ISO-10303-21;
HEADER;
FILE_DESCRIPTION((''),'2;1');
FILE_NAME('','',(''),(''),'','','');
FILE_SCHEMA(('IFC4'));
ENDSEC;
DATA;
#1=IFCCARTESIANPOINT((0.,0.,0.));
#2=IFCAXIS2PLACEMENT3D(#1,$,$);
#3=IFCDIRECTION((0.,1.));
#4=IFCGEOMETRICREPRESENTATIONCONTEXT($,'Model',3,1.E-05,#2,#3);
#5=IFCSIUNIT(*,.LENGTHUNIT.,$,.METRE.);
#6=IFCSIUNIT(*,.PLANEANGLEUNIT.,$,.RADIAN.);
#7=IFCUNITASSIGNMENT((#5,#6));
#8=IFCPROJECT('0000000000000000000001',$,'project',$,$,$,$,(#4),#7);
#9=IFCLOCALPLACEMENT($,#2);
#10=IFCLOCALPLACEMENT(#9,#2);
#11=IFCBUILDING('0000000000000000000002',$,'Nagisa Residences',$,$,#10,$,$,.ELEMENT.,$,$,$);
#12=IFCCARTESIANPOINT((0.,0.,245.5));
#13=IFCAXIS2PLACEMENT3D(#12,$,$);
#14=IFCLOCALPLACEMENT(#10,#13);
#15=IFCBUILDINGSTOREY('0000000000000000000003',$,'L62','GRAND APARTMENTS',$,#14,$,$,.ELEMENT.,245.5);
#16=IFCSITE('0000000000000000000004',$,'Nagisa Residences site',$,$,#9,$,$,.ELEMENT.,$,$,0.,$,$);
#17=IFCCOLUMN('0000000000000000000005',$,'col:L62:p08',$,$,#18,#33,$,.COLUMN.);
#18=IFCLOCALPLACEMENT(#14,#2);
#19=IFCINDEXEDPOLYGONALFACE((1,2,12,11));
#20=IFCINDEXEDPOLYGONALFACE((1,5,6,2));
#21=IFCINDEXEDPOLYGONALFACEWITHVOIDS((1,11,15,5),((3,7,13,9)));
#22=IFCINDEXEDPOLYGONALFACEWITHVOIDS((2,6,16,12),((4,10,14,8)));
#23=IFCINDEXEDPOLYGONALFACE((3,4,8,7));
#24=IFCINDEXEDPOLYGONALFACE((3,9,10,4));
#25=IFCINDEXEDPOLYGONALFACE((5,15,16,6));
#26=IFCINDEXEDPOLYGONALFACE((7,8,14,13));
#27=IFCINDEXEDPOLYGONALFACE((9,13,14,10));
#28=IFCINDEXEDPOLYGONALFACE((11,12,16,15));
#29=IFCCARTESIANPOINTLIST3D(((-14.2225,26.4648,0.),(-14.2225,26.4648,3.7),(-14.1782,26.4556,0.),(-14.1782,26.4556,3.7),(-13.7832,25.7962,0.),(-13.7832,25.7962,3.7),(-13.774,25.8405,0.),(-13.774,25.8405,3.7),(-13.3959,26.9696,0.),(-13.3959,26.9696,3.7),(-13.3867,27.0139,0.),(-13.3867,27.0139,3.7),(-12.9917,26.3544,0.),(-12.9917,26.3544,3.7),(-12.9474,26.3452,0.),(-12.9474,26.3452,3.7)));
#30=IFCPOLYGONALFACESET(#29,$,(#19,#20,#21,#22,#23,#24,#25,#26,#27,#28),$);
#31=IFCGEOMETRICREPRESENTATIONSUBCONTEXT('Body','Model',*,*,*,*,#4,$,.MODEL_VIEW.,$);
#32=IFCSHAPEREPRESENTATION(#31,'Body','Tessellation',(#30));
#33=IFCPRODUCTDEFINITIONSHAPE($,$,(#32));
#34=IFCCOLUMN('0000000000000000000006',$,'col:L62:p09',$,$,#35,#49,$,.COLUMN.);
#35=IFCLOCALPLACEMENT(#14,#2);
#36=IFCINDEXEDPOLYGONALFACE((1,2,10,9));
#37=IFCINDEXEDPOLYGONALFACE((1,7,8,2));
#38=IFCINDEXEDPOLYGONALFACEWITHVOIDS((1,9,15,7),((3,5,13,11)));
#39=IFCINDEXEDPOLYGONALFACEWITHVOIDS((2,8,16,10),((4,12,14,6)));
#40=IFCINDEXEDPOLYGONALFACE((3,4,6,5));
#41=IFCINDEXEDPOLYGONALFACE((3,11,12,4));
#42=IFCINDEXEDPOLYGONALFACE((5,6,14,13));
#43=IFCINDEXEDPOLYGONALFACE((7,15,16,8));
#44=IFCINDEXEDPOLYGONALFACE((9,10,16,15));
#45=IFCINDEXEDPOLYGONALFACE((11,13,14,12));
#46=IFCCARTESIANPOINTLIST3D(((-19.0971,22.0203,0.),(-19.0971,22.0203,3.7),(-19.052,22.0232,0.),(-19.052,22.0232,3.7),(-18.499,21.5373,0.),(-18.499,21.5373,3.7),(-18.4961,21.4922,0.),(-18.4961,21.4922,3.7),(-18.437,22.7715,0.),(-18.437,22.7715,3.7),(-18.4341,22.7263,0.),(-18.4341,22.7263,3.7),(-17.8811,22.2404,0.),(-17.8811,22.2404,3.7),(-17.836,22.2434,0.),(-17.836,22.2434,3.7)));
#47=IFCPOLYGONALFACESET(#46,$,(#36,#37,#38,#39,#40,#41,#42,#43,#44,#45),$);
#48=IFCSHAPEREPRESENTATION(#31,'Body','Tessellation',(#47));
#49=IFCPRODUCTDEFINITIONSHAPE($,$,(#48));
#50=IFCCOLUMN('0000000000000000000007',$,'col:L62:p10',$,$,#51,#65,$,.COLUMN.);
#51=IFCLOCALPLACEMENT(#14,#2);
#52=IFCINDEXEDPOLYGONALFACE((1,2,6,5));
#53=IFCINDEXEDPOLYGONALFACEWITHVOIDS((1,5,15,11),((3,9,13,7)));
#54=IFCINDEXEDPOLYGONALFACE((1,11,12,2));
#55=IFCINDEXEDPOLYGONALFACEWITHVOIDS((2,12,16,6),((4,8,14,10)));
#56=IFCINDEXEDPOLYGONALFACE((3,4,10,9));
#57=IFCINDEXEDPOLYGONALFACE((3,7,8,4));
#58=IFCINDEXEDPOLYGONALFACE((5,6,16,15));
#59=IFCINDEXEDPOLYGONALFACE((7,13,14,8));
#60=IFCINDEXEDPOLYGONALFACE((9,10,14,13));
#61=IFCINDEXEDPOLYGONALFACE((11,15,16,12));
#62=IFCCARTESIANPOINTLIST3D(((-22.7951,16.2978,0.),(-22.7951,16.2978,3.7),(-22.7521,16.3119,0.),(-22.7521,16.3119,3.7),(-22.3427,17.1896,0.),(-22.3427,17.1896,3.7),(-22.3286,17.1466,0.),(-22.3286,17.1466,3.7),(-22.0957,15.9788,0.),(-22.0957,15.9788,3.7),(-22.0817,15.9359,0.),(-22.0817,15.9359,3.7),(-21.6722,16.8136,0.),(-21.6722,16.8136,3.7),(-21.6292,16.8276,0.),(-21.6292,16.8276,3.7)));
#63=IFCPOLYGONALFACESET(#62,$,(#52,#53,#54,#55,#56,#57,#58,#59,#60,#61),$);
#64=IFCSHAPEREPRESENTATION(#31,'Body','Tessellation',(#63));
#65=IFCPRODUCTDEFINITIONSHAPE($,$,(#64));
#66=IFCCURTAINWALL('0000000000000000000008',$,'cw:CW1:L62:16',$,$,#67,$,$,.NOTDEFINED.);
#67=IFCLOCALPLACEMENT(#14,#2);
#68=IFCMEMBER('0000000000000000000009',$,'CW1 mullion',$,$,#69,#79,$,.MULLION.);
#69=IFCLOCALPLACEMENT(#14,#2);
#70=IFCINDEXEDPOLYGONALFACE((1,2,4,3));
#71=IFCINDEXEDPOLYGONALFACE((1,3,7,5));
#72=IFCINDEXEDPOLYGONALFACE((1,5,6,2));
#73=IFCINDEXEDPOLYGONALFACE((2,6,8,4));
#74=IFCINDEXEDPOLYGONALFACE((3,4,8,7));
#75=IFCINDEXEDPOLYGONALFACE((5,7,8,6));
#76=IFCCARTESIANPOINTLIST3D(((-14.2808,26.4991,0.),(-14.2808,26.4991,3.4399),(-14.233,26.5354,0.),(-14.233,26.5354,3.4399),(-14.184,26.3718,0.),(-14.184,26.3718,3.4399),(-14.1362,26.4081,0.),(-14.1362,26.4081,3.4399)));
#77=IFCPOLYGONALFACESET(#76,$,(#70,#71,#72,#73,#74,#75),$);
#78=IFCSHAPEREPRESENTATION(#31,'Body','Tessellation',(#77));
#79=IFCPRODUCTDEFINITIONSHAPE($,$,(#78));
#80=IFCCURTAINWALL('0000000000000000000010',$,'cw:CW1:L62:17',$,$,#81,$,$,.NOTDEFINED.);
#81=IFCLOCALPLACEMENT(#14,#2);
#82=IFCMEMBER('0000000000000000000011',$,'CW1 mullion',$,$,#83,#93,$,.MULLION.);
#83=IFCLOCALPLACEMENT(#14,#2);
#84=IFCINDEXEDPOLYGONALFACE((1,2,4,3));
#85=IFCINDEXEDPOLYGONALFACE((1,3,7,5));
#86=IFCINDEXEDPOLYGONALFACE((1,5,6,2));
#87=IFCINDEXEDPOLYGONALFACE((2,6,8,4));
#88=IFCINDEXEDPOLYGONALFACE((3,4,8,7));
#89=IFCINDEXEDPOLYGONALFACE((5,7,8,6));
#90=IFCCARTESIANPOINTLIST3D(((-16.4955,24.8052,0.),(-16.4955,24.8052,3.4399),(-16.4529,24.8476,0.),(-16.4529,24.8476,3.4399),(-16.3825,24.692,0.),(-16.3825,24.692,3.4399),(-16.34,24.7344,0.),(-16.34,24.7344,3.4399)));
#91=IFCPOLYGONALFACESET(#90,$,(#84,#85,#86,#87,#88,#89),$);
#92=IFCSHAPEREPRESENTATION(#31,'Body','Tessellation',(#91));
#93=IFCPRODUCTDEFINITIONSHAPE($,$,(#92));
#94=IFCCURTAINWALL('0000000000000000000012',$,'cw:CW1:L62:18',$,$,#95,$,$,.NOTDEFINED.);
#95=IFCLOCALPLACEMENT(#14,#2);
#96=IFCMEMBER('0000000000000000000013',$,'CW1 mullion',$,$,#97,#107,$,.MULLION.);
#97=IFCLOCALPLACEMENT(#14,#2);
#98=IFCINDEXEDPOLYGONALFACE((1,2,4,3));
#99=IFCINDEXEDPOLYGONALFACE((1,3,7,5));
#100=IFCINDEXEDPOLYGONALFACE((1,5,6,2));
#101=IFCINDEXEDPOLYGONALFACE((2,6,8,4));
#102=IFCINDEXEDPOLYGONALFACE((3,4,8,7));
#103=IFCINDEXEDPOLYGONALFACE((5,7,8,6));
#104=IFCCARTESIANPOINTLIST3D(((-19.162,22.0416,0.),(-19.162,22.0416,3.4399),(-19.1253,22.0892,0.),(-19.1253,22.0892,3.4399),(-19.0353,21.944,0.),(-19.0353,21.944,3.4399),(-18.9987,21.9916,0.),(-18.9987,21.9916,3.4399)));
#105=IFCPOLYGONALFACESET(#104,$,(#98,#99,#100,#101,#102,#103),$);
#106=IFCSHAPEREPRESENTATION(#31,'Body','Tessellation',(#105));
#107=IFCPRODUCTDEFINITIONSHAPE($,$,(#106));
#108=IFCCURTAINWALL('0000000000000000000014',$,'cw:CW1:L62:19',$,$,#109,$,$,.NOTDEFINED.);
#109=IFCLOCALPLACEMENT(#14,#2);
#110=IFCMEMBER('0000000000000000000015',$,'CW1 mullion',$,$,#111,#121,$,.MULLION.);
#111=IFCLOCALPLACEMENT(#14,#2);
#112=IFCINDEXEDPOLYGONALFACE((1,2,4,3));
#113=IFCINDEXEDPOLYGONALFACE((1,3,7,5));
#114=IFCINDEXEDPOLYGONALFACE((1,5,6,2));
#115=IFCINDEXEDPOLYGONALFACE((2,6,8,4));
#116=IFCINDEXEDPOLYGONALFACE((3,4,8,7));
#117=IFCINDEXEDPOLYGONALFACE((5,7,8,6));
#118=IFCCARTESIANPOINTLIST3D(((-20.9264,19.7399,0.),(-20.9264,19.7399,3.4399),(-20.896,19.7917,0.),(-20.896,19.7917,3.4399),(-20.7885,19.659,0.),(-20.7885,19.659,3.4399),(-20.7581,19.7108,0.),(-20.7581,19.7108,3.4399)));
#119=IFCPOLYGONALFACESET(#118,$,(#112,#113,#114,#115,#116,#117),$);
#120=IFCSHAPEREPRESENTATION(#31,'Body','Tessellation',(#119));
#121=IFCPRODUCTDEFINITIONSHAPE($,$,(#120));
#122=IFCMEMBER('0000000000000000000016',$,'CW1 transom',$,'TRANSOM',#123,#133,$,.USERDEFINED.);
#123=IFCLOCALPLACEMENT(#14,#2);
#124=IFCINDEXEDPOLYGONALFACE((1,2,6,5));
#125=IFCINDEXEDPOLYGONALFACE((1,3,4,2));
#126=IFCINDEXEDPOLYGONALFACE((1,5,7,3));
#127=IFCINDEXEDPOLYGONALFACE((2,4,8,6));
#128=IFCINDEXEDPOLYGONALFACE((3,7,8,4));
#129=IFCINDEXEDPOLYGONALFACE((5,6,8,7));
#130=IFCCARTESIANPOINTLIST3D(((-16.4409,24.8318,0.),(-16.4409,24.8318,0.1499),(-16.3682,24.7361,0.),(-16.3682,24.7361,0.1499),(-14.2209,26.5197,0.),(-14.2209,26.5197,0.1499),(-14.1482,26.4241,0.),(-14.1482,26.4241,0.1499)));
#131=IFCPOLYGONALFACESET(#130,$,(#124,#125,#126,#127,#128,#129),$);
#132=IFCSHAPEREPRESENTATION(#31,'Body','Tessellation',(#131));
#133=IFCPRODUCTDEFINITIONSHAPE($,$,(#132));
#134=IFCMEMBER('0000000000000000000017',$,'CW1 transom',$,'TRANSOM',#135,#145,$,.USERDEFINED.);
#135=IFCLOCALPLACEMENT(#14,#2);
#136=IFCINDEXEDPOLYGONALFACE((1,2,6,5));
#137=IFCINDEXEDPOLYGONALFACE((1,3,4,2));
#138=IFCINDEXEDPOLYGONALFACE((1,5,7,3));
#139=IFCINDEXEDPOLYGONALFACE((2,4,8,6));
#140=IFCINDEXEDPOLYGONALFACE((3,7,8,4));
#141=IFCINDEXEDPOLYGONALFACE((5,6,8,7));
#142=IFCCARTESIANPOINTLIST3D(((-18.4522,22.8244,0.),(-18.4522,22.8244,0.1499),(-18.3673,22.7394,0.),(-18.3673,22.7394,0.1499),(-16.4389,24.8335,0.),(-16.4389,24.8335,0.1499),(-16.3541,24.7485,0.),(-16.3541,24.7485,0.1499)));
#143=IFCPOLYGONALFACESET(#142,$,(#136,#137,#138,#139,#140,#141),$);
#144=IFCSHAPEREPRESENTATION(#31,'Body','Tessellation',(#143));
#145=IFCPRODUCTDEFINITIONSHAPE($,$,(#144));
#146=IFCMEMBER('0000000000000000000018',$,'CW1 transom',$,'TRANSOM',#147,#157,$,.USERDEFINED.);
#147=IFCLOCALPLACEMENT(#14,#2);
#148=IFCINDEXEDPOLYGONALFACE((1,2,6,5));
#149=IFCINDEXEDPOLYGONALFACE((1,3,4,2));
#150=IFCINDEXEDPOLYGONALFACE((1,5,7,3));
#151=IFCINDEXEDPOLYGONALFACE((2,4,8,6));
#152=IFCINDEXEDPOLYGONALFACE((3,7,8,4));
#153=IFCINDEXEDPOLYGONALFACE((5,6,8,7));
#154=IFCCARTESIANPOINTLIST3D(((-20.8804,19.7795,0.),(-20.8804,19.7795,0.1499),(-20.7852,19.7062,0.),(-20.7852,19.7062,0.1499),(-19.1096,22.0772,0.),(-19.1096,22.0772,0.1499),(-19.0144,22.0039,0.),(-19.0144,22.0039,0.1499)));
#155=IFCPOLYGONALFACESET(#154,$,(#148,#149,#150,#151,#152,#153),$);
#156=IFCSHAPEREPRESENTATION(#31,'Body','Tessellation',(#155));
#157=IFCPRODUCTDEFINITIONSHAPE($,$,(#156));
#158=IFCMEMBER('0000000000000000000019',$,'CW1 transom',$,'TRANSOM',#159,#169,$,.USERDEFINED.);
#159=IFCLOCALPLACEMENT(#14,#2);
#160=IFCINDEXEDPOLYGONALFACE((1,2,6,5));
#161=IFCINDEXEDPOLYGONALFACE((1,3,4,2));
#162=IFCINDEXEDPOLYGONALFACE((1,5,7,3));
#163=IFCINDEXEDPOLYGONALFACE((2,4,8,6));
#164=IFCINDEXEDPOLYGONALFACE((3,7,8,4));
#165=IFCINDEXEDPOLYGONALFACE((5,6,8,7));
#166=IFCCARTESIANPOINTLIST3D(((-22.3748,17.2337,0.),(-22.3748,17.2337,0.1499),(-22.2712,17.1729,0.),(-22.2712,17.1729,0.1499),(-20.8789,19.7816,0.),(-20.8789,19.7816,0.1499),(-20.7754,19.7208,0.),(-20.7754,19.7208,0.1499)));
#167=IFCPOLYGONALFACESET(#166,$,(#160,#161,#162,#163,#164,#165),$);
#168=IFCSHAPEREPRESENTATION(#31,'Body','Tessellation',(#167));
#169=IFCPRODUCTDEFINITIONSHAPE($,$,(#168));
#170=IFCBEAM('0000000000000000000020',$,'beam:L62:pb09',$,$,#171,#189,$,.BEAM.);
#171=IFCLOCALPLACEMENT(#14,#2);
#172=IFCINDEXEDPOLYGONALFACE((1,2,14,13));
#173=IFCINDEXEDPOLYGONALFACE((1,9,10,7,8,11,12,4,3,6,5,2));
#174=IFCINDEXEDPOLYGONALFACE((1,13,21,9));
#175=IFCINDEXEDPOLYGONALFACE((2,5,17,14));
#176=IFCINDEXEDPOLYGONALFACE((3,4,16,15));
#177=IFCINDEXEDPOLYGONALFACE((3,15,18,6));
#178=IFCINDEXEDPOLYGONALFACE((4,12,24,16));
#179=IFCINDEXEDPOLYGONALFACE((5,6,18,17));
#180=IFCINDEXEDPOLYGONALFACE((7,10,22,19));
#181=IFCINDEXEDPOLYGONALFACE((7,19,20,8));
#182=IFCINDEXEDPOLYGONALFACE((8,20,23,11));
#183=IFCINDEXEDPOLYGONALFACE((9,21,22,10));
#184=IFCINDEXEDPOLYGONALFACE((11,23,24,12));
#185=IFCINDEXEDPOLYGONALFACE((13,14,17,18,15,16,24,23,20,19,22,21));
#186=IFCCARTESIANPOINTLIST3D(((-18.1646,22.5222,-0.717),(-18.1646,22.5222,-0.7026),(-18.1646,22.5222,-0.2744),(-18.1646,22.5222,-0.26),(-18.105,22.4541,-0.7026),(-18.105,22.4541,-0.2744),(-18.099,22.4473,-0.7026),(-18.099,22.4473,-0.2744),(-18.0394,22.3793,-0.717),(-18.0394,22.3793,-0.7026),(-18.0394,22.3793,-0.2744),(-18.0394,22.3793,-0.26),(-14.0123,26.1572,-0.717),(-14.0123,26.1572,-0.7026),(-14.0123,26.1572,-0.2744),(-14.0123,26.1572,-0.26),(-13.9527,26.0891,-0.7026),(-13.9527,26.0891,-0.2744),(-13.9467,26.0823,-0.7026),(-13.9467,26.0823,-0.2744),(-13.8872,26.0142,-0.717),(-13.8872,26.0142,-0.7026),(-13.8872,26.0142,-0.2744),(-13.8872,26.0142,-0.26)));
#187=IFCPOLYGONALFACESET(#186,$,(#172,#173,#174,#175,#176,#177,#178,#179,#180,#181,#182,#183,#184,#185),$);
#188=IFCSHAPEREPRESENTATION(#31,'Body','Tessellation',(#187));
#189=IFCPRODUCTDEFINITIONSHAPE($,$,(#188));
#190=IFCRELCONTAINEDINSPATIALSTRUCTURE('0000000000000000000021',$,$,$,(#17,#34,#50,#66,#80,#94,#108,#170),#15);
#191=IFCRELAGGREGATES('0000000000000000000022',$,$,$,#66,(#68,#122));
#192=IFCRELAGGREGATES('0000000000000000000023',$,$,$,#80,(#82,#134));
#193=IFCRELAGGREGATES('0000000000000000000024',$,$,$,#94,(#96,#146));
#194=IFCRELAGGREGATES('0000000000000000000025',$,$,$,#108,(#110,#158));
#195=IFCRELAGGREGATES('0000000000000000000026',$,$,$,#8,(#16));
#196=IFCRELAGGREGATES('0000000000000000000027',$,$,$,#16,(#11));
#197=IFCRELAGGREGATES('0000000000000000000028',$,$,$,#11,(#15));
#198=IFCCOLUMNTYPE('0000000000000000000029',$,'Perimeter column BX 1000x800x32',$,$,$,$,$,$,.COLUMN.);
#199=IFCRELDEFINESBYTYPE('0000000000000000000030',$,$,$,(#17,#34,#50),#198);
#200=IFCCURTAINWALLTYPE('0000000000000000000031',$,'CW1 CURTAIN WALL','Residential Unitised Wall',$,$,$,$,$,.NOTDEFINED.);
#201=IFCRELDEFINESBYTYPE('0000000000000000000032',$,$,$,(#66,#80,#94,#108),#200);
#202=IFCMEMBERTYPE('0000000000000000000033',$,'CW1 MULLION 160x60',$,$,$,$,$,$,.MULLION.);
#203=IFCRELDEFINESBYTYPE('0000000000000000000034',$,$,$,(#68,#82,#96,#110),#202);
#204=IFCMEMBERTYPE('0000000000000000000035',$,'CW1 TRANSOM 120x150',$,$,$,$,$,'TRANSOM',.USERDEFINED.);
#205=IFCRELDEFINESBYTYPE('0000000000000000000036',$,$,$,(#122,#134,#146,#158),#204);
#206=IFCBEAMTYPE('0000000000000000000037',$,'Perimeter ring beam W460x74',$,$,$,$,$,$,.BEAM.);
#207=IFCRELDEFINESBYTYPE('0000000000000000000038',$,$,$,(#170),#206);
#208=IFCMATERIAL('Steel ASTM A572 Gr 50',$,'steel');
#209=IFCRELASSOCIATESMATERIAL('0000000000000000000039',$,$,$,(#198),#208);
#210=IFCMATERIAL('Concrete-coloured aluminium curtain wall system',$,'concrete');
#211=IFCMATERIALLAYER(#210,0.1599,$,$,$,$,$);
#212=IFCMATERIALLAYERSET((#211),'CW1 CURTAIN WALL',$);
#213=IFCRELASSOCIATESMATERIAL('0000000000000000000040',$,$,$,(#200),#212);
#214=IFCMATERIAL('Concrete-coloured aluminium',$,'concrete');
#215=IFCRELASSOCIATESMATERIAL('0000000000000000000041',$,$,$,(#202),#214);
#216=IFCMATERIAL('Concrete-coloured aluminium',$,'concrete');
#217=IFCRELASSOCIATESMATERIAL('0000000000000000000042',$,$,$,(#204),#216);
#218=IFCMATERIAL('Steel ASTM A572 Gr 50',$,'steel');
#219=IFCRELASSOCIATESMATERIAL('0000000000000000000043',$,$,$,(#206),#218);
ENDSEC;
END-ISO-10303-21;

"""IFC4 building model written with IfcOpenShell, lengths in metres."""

from ifc_helpers import new_model, si_unit, direction, frame, origin, origin_2d, place, context, subcontext, project, spatial, rectangle, hollow_rectangle, i_section, extrude, material, layer, layer_set, material_profile, profile_set, type_object, element, aggregate, save


model = new_model("IFC4")

# Units and contexts
model_context = context("Model", 3, precision=1e-05, world=origin(), true_north=direction((0.0, 1.0)))
body_context = subcontext(model_context, "Body", "Model", "MODEL_VIEW")
ifc_project = project(units=[si_unit("LENGTHUNIT", "METRE"), si_unit("PLANEANGLEUNIT", "RADIAN")], contexts=[model_context])

# Site, building, storey
site_placement = place(None, origin())
site = spatial("IfcSite", under=ifc_project, at=site_placement, Name="Nagisa Residences site", CompositionType="ELEMENT", RefElevation=0.0)
building_placement = place(site_placement, origin())
building = spatial("IfcBuilding", under=site, at=building_placement, Name="Nagisa Residences", CompositionType="ELEMENT")
storey_placement = place(building_placement, frame((0.0, 0.0, 245.5)))
storey = spatial("IfcBuildingStorey", under=building, at=storey_placement, Name="L62", Description="GRAND APARTMENTS", CompositionType="ELEMENT", Elevation=245.5)

# Columns
ifc_material_1 = material(Name="Steel ASTM A572 Gr 50", Category="steel")
ifc_material_profile_1 = material_profile(ifc_material_1, hollow_rectangle(XDim=1.0, YDim=0.8, WallThickness=0.032, at=origin_2d()), Name="BX 1000x800x32")
ifc_profile_set_1 = profile_set([ifc_material_profile_1], Name="Steel ASTM A572 Gr 50")
column_type = type_object("IfcColumnType", Name="Perimeter column BX 1000x800x32", PredefinedType="COLUMN", material=ifc_profile_set_1)
for number, where, z_axis, x_axis, name in (
    (1, (-13.585, 26.405, 0.0), (0.0, 0.0, 1.0), (-0.835766, -0.549086, 0.0), "col:L62:p08"),
    (2, (-18.4666, 22.1318, 0.0), (0.0, 0.0, 1.0), (-0.660115, -0.751165, 0.0), "col:L62:p09"),
    (3, (-22.2122, 16.5627, 0.0), (0.0, 0.0, 1.0), (-0.452463, -0.891783, 0.0), "col:L62:p10"),
):
    element("IfcColumn", number, at=place(storey_placement, frame(where, z_axis=z_axis, x_axis=x_axis)), inside=storey, type_object=column_type, Name=name, PredefinedType="COLUMN", context=body_context, shape_type="SweptSolid", body=[
        extrude(hollow_rectangle(XDim=1.0, YDim=0.8, WallThickness=0.032, at=origin_2d()), origin(), (0.0, 0.0, 1.0), 3.7),
    ])

# Curtain walls, members
ifc_material_2 = material(Name="Concrete-coloured aluminium curtain wall system", Category="concrete")
ifc_layer_1 = layer(ifc_material_2, 0.1599)
ifc_layer_set_1 = layer_set([ifc_layer_1], Name="CW1 CURTAIN WALL")
curtain_wall_type = type_object("IfcCurtainWallType", Name="CW1 CURTAIN WALL", Description="Residential Unitised Wall", PredefinedType="NOTDEFINED", material=ifc_layer_set_1)
curtain_wall_1_placement = place(storey_placement, origin())
curtain_wall_1 = element("IfcCurtainWall", 4, at=curtain_wall_1_placement, inside=storey, type_object=curtain_wall_type, Name="cw:CW1:L62:16", PredefinedType="NOTDEFINED")
ifc_material_3 = material(Name="Concrete-coloured aluminium", Category="concrete")
ifc_material_profile_2 = material_profile(ifc_material_3, rectangle(XDim=0.1599, YDim=0.0601, at=origin_2d()), Name="CW1 MULLION 160x60")
ifc_profile_set_2 = profile_set([ifc_material_profile_2], Name="Concrete-coloured aluminium")
member_type_1 = type_object("IfcMemberType", Name="CW1 MULLION 160x60", PredefinedType="MULLION", material=ifc_profile_set_2)
member_1_placement = place(storey_placement, frame((-14.2085, 26.4536, 0.0), z_axis=(0.0, 0.0, 1.0), x_axis=(0.605255, -0.796031, 0.0)))
member_1 = element("IfcMember", 5, at=member_1_placement, type_object=member_type_1, Name="CW1 mullion", PredefinedType="MULLION", context=body_context, shape_type="SweptSolid", body=[
    extrude(rectangle(XDim=0.1599, YDim=0.0601, at=origin_2d()), origin(), (0.0, 0.0, 1.0), 3.4399),
])
curtain_wall_2_placement = place(storey_placement, origin())
curtain_wall_2 = element("IfcCurtainWall", 6, at=curtain_wall_2_placement, inside=storey, type_object=curtain_wall_type, Name="cw:CW1:L62:17", PredefinedType="NOTDEFINED")
member_2_placement = place(storey_placement, frame((-16.4177, 24.7698, 0.0), z_axis=(0.0, 0.0, 1.0), x_axis=(0.706377, -0.707836, 0.0)))
member_2 = element("IfcMember", 7, at=member_2_placement, type_object=member_type_1, Name="CW1 mullion", PredefinedType="MULLION", context=body_context, shape_type="SweptSolid", body=[
    extrude(rectangle(XDim=0.1599, YDim=0.0601, at=origin_2d()), origin(), (0.0, 0.0, 1.0), 3.4399),
])
curtain_wall_3_placement = place(storey_placement, origin())
curtain_wall_3 = element("IfcCurtainWall", 8, at=curtain_wall_3_placement, inside=storey, type_object=curtain_wall_type, Name="cw:CW1:L62:18", PredefinedType="NOTDEFINED")
member_3_placement = place(storey_placement, frame((-19.0803, 22.0166, 0.0), z_axis=(0.0, 0.0, 1.0), x_axis=(0.79207, -0.61043, 0.0)))
member_3 = element("IfcMember", 9, at=member_3_placement, type_object=member_type_1, Name="CW1 mullion", PredefinedType="MULLION", context=body_context, shape_type="SweptSolid", body=[
    extrude(rectangle(XDim=0.1599, YDim=0.0601, at=origin_2d()), origin(), (0.0, 0.0, 1.0), 3.4399),
])
curtain_wall_4_placement = place(storey_placement, origin())
curtain_wall_4 = element("IfcCurtainWall", 10, at=curtain_wall_4_placement, inside=storey, type_object=curtain_wall_type, Name="cw:CW1:L62:19", PredefinedType="NOTDEFINED")
member_4_placement = place(storey_placement, frame((-20.8423, 19.7253, 0.0), z_axis=(0.0, 0.0, 1.0), x_axis=(0.862329, -0.506349, 0.0)))
member_4 = element("IfcMember", 11, at=member_4_placement, type_object=member_type_1, Name="CW1 mullion", PredefinedType="MULLION", context=body_context, shape_type="SweptSolid", body=[
    extrude(rectangle(XDim=0.1599, YDim=0.0601, at=origin_2d()), origin(), (0.0, 0.0, 1.0), 3.4399),
])

# Members
ifc_material_4 = material(Name="Concrete-coloured aluminium", Category="concrete")
ifc_material_profile_3 = material_profile(ifc_material_4, rectangle(XDim=0.1201, YDim=0.1499, at=origin_2d()), Name="CW1 TRANSOM 120x150")
ifc_profile_set_3 = profile_set([ifc_material_profile_3], Name="Concrete-coloured aluminium")
member_type_2 = type_object("IfcMemberType", Name="CW1 TRANSOM 120x150", ElementType="TRANSOM", PredefinedType="USERDEFINED", material=ifc_profile_set_3)
member_5_placement = place(storey_placement, frame((-14.1846, 26.4719, 0.075), z_axis=(-0.796022, -0.605267, 0.0), x_axis=(0.605267, -0.796022, 0.0)))
member_5 = element("IfcMember", 12, at=member_5_placement, type_object=member_type_2, Name="CW1 transom", ObjectType="TRANSOM", PredefinedType="USERDEFINED", context=body_context, shape_type="SweptSolid", body=[
    extrude(rectangle(XDim=0.1201, YDim=0.1499, at=origin_2d()), origin(), (0.0, 0.0, 1.0), 2.7888),
])
member_6_placement = place(storey_placement, frame((-16.3965, 24.791, 0.075), z_axis=(-0.707836, -0.706377, 0.0), x_axis=(0.706377, -0.707836, 0.0)))
member_6 = element("IfcMember", 13, at=member_6_placement, type_object=member_type_2, Name="CW1 transom", ObjectType="TRANSOM", PredefinedType="USERDEFINED", context=body_context, shape_type="SweptSolid", body=[
    extrude(rectangle(XDim=0.1201, YDim=0.1499, at=origin_2d()), origin(), (0.0, 0.0, 1.0), 2.8442),
])
member_7_placement = place(storey_placement, frame((-19.062, 22.0405, 0.075), z_axis=(-0.610439, -0.792064, 0.0), x_axis=(0.792064, -0.610439, 0.0)))
member_7 = element("IfcMember", 14, at=member_7_placement, type_object=member_type_2, Name="CW1 transom", ObjectType="TRANSOM", PredefinedType="USERDEFINED", context=body_context, shape_type="SweptSolid", body=[
    extrude(rectangle(XDim=0.1201, YDim=0.1499, at=origin_2d()), origin(), (0.0, 0.0, 1.0), 2.9009),
])
member_8_placement = place(storey_placement, frame((-20.8271, 19.7512, 0.075), z_axis=(-0.506294, -0.862361, 0.0), x_axis=(0.862361, -0.506294, 0.0)))
member_8 = element("IfcMember", 15, at=member_8_placement, type_object=member_type_2, Name="CW1 transom", ObjectType="TRANSOM", PredefinedType="USERDEFINED", context=body_context, shape_type="SweptSolid", body=[
    extrude(rectangle(XDim=0.1201, YDim=0.1499, at=origin_2d()), origin(), (0.0, 0.0, 1.0), 2.9546),
])

# Beam
ifc_material_5 = material(Name="Steel ASTM A572 Gr 50", Category="steel")
ifc_material_profile_4 = material_profile(ifc_material_5, i_section(OverallWidth=0.1899, OverallDepth=0.457, WebThickness=0.009, FlangeThickness=0.0144, at=origin_2d()), Name="W460x74")
ifc_profile_set_4 = profile_set([ifc_material_profile_4], Name="Steel ASTM A572 Gr 50")
beam_type_1 = type_object("IfcBeamType", Name="Perimeter ring beam W460x74", PredefinedType="BEAM", material=ifc_profile_set_4)
beam_1_placement = place(storey_placement, frame((-13.9497, 26.0857, -0.4885), z_axis=(-0.752423, -0.65868, 0.0), x_axis=(0.65868, -0.752423, 0.0)))
element("IfcBeam", 16, at=beam_1_placement, inside=storey, type_object=beam_type_1, Name="beam:L62:pb09", PredefinedType="BEAM", context=body_context, shape_type="SweptSolid", body=[
    extrude(i_section(OverallWidth=0.1899, OverallDepth=0.457, WebThickness=0.009, FlangeThickness=0.0144, at=origin_2d()), origin(), (0.0, 0.0, 1.0), 5.5186),
])

aggregate(curtain_wall_1, [member_1, member_5])
aggregate(curtain_wall_2, [member_2, member_6])
aggregate(curtain_wall_3, [member_3, member_7])
aggregate(curtain_wall_4, [member_4, member_8])

save(model, "model.ifc")
